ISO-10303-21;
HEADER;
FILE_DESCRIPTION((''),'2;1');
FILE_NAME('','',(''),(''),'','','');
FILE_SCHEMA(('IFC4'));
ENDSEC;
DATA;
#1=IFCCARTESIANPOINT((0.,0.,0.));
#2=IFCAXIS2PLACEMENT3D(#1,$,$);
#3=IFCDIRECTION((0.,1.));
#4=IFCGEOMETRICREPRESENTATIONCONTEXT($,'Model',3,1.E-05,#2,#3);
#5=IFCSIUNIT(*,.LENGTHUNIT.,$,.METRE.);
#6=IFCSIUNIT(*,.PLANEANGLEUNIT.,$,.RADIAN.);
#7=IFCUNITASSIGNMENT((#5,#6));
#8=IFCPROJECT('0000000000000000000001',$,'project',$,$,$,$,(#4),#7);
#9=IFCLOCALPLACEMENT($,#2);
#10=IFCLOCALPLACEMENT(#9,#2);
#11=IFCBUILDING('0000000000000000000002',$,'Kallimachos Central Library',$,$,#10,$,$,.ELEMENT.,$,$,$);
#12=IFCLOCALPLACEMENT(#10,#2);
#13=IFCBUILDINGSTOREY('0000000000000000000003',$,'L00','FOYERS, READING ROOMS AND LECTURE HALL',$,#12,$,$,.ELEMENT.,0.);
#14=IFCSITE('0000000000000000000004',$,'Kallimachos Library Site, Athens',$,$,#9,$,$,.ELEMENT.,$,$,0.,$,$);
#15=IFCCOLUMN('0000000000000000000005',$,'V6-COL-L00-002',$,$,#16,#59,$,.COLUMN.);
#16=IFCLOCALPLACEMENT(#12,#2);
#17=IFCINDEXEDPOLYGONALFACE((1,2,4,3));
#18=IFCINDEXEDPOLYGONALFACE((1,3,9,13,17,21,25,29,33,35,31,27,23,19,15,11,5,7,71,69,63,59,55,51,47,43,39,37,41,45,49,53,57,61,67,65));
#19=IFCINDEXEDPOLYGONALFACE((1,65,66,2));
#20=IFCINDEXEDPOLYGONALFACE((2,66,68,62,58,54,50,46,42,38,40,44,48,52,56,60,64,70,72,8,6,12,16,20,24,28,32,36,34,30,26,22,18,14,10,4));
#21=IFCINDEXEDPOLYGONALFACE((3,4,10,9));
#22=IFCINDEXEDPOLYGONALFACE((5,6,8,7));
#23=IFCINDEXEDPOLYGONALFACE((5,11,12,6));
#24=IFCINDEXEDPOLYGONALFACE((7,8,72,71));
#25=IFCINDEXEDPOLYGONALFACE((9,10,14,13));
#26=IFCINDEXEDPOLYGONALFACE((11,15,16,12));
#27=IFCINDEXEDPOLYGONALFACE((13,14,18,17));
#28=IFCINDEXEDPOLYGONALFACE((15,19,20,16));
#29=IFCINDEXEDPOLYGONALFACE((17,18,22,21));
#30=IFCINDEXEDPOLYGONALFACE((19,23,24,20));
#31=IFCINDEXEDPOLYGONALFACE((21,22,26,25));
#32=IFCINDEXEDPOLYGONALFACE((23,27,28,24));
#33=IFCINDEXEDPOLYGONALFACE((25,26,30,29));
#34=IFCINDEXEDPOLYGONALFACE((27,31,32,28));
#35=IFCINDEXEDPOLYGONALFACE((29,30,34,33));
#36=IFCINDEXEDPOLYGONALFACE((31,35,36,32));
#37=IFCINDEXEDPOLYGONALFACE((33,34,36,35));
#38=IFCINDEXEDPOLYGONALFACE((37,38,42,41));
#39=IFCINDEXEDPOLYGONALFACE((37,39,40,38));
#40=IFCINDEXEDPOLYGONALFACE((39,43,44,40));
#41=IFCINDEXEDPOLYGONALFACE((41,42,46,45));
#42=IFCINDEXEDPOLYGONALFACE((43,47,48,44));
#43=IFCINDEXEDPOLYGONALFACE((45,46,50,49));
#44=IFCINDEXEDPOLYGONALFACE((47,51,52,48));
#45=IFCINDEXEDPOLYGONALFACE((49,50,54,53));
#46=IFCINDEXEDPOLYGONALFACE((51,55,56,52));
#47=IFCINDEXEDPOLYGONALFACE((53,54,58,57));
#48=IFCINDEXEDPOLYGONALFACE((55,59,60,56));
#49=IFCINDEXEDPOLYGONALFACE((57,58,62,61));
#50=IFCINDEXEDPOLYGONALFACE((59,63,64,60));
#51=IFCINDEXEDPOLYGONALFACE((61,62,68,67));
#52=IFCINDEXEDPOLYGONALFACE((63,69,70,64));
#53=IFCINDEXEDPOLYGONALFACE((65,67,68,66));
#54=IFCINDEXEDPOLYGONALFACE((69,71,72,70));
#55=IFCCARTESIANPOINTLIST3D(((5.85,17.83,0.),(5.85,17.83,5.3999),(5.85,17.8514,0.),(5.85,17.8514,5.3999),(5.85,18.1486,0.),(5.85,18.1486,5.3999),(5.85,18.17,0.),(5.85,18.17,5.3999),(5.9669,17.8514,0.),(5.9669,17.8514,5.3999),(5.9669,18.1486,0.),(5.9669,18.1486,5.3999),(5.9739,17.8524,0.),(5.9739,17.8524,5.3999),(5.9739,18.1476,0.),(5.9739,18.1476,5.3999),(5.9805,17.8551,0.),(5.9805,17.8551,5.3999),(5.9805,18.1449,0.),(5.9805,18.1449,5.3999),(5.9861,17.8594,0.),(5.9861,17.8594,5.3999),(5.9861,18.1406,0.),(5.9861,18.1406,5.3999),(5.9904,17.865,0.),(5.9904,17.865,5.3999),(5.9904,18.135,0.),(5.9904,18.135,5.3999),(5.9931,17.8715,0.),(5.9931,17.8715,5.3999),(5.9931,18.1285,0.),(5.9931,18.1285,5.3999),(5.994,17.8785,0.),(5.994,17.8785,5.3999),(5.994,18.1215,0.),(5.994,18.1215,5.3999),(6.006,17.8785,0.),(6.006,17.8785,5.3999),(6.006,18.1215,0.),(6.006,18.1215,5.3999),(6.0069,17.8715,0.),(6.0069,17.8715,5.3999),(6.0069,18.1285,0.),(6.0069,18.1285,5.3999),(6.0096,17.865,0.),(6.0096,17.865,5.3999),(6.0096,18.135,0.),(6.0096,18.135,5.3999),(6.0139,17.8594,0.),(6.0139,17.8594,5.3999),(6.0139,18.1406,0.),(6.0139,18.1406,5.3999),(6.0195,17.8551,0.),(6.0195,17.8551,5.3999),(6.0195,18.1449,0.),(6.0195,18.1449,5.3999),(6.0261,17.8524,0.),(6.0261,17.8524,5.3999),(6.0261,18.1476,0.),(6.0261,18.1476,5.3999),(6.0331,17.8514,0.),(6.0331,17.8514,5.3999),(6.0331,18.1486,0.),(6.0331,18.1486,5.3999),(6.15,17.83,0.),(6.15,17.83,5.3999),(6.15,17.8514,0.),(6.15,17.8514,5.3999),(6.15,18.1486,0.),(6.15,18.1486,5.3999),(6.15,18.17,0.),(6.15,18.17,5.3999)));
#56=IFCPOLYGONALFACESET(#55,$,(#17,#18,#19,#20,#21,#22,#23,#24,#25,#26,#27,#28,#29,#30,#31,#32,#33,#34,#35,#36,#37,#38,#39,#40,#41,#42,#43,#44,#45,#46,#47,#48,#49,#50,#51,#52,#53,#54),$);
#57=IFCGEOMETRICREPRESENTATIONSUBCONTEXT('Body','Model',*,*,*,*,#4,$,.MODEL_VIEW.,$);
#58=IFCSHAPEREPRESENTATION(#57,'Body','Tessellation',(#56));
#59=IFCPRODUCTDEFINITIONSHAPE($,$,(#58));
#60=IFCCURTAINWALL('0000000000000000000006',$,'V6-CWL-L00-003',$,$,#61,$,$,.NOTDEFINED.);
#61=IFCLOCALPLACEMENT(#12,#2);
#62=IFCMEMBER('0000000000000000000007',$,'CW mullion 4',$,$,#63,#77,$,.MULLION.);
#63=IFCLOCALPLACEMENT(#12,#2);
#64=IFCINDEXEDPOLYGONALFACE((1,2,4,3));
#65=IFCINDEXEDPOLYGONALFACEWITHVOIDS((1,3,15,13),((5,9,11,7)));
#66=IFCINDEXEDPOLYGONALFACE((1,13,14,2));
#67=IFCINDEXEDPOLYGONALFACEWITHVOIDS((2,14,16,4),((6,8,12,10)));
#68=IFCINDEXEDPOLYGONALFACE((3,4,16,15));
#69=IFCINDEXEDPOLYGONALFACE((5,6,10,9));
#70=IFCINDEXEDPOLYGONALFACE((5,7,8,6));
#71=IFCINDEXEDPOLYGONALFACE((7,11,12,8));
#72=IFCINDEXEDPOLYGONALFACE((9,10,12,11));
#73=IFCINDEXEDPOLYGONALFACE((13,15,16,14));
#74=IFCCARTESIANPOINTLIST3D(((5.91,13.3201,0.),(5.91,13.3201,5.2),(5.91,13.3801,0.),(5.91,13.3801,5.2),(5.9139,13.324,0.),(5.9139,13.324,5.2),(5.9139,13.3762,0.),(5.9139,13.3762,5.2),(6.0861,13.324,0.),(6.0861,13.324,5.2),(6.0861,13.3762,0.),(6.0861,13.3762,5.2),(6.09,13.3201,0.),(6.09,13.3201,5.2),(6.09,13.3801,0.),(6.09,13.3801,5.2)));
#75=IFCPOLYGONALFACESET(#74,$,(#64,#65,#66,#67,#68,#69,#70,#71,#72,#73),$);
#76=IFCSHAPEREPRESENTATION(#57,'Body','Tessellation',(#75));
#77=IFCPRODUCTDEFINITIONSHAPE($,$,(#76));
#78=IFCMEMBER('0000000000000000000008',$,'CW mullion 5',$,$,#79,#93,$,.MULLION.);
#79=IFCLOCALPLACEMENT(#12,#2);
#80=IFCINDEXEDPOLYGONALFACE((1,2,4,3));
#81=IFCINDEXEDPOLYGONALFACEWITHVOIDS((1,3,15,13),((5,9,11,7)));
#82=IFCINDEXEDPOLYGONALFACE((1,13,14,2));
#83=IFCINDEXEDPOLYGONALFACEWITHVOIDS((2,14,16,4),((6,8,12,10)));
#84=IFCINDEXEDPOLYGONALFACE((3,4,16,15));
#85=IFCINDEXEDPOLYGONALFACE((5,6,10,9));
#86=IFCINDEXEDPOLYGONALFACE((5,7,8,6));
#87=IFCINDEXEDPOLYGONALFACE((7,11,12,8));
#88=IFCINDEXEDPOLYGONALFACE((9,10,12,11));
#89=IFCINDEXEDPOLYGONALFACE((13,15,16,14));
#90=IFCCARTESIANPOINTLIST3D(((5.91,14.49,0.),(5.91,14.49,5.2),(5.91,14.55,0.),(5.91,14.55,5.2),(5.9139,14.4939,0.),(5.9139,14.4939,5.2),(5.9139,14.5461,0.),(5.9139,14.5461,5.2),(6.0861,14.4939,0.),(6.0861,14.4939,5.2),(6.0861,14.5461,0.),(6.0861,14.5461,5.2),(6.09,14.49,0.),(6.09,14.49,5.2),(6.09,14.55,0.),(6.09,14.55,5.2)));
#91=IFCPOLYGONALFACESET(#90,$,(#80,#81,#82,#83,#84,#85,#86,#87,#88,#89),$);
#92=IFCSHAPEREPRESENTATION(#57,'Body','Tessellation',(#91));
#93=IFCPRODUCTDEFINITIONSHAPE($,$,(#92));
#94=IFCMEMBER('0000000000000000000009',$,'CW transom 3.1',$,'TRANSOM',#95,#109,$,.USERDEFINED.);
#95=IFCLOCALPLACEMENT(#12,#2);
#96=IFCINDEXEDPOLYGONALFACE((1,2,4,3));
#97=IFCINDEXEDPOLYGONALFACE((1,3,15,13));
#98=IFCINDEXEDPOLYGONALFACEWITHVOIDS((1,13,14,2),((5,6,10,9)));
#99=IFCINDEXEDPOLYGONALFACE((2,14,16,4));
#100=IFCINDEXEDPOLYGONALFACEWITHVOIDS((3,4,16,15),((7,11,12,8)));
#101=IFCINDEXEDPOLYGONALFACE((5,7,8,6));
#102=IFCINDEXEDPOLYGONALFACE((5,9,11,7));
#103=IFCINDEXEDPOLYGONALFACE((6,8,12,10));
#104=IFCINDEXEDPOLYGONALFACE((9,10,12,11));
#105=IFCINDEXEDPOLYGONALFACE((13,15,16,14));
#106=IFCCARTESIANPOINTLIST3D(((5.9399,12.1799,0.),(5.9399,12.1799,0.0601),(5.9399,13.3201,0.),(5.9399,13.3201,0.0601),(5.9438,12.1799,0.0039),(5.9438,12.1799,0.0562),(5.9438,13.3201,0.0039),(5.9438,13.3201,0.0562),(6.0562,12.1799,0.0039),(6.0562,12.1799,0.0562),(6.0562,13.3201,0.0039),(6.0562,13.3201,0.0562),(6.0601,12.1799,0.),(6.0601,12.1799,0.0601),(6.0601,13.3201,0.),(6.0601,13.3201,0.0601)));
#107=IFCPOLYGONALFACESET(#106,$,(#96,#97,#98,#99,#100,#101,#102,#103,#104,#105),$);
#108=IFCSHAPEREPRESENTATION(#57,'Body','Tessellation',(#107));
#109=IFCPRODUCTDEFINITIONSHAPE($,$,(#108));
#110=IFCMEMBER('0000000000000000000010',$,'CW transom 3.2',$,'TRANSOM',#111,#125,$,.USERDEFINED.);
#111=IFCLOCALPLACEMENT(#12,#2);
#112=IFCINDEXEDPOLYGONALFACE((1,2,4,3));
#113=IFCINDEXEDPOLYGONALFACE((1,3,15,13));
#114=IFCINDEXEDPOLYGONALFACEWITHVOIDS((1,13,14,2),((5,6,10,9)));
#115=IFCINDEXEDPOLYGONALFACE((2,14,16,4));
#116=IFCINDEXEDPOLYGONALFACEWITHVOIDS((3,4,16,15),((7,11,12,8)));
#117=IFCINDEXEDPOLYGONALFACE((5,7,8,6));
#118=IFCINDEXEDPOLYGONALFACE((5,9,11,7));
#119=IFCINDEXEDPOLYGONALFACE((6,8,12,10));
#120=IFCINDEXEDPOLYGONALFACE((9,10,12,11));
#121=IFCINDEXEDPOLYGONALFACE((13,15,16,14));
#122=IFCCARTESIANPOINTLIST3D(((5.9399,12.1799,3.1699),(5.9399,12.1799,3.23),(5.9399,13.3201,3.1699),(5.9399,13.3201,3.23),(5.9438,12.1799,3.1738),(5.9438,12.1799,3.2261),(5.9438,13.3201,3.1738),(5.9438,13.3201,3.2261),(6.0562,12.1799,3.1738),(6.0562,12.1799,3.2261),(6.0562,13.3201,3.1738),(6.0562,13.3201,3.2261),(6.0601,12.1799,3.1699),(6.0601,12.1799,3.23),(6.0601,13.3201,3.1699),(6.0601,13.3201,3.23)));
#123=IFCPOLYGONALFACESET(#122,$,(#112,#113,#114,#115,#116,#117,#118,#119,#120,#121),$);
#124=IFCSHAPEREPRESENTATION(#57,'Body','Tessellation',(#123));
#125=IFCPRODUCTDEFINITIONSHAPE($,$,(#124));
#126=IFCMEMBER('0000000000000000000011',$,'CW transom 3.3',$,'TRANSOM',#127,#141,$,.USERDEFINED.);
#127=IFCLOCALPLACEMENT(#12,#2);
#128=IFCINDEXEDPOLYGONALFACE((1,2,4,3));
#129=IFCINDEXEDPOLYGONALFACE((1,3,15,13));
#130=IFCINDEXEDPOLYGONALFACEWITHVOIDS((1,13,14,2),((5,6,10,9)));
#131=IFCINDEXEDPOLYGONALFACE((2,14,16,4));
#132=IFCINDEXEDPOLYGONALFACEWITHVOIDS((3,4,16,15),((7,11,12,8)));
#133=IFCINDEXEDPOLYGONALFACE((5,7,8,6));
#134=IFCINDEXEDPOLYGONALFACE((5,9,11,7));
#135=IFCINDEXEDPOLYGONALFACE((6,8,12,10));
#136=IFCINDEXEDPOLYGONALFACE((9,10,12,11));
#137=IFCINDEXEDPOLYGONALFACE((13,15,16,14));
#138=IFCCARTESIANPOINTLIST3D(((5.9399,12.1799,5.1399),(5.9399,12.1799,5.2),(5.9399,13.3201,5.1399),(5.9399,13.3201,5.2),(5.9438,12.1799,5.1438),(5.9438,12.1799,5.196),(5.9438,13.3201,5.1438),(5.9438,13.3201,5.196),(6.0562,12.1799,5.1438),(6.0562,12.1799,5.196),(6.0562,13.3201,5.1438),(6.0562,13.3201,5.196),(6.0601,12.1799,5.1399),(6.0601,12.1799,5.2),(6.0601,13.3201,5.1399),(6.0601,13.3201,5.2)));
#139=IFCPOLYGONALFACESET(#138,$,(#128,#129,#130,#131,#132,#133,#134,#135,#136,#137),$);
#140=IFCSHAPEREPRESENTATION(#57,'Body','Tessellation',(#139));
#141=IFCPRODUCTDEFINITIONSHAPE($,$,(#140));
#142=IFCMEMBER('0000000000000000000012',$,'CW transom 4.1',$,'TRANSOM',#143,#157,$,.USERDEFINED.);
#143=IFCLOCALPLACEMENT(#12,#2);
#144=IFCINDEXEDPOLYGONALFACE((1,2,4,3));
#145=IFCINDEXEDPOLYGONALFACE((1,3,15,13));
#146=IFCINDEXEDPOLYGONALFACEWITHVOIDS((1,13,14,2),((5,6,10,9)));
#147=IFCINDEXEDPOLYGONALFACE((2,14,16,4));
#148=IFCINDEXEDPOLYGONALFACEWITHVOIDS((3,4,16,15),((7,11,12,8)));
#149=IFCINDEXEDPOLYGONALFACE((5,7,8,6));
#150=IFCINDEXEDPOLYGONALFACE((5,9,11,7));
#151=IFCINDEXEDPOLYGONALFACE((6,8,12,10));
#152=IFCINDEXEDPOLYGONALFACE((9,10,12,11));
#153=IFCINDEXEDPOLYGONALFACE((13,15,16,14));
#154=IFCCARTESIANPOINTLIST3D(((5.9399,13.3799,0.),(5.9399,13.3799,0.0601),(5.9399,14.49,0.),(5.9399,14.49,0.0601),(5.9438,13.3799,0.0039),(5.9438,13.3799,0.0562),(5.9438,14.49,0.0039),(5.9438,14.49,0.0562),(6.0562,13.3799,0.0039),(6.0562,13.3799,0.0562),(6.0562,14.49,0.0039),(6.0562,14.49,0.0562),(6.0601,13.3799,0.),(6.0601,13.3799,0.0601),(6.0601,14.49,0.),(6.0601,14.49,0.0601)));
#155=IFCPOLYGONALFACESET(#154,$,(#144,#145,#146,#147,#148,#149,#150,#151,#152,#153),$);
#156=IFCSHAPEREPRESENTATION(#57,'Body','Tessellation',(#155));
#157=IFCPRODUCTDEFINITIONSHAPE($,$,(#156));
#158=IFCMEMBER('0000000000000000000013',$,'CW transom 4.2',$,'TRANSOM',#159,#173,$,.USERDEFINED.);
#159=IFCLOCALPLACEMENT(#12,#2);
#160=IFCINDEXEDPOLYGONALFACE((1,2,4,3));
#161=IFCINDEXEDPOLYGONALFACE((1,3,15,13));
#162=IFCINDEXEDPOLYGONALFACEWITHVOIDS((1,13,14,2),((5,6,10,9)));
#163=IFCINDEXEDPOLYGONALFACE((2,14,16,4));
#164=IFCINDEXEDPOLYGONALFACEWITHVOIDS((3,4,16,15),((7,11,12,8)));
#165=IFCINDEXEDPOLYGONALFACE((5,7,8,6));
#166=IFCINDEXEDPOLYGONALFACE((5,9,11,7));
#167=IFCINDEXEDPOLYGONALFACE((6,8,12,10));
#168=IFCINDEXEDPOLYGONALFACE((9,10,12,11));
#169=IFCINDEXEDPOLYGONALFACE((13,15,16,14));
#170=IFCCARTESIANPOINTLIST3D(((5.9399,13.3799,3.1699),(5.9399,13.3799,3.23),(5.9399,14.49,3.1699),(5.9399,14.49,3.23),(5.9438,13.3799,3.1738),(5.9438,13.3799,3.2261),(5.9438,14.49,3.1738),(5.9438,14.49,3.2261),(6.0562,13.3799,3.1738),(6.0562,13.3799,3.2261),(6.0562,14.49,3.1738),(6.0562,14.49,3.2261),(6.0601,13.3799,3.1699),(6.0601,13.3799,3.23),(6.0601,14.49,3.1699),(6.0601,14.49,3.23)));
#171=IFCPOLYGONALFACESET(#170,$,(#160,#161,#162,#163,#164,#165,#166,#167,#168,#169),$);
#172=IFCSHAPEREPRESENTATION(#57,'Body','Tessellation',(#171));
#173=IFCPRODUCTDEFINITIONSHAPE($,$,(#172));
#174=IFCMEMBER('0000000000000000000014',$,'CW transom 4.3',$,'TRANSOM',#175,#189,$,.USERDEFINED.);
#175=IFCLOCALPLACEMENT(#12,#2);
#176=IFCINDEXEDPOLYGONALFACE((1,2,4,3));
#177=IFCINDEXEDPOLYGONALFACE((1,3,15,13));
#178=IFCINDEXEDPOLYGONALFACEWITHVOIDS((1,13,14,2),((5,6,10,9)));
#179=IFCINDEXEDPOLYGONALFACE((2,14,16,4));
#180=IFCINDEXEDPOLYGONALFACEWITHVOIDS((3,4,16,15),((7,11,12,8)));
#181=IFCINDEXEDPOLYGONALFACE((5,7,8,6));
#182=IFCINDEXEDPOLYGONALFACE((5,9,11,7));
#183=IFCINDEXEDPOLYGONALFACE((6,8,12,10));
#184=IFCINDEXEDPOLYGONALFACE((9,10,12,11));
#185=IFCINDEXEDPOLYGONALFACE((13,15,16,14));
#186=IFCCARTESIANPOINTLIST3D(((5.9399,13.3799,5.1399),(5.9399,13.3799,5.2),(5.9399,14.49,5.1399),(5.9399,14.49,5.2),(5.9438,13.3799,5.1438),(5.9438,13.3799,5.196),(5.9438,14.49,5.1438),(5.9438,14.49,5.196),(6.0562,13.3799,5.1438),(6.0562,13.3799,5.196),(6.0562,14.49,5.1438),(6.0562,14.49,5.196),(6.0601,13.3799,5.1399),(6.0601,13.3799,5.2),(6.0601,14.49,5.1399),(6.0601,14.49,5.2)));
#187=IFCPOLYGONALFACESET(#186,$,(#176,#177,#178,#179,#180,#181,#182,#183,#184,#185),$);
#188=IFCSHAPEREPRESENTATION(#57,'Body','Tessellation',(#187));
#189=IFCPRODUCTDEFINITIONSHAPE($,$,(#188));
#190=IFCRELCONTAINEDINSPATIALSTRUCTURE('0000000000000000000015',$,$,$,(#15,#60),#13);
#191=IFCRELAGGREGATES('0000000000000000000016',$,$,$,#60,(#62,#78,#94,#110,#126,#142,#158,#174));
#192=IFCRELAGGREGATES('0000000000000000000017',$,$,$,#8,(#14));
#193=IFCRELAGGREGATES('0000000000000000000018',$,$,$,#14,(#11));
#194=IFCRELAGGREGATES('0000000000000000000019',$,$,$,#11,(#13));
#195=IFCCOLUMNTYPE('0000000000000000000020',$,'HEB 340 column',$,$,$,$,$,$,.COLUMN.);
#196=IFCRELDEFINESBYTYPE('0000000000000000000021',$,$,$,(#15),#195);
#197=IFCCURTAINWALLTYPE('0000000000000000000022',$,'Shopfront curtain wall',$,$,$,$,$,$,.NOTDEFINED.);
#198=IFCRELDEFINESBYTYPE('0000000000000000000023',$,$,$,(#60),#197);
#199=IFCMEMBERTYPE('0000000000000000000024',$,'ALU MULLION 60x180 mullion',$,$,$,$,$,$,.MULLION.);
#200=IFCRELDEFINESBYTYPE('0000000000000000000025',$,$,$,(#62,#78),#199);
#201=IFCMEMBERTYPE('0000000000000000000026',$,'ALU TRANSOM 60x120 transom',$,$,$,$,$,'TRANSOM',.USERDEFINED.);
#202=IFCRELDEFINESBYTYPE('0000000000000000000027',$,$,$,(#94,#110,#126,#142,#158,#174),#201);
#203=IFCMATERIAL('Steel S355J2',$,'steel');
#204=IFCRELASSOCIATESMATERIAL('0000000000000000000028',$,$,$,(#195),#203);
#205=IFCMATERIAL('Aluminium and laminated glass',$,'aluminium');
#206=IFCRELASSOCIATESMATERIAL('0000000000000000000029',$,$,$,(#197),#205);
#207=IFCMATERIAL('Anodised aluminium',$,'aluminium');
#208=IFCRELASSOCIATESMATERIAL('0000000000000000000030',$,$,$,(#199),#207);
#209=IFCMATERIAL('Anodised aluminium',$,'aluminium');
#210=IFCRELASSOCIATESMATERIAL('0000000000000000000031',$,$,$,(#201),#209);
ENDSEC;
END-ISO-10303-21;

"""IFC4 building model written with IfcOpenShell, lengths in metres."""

from ifc_helpers import new_model, si_unit, direction, frame, origin, origin_2d, place, context, subcontext, project, spatial, hollow_rectangle, i_section, extrude, material, material_profile, profile_set, type_object, element, aggregate, save


model = new_model("IFC4")

# Units and contexts
model_context = context("Model", 3, precision=1e-05, world=origin(), true_north=direction((0.0, 1.0)))
body_context = subcontext(model_context, "Body", "Model", "MODEL_VIEW")
ifc_project = project(units=[si_unit("LENGTHUNIT", "METRE"), si_unit("PLANEANGLEUNIT", "RADIAN")], contexts=[model_context])

# Site, building, storey
site_placement = place(None, origin())
site = spatial("IfcSite", under=ifc_project, at=site_placement, Name="Kallimachos Library Site, Athens", CompositionType="ELEMENT", RefElevation=0.0)
building_placement = place(site_placement, origin())
building = spatial("IfcBuilding", under=site, at=building_placement, Name="Kallimachos Central Library", CompositionType="ELEMENT")
storey_placement = place(building_placement, origin())
storey = spatial("IfcBuildingStorey", under=building, at=storey_placement, Name="L00", Description="FOYERS, READING ROOMS AND LECTURE HALL", CompositionType="ELEMENT", Elevation=0.0)

# Column
ifc_material_1 = material(Name="Steel S355J2", Category="steel")
ifc_material_profile_1 = material_profile(ifc_material_1, i_section(OverallWidth=0.3, OverallDepth=0.3401, WebThickness=0.012, FlangeThickness=0.0215, FilletRadius=0.0271, at=origin_2d()), Name="HEB 340")
ifc_profile_set_1 = profile_set([ifc_material_profile_1], Name="Steel S355J2")
column_type = type_object("IfcColumnType", Name="HEB 340 column", PredefinedType="COLUMN", material=ifc_profile_set_1)
column_placement = place(storey_placement, frame((6.0, 18.0, 0.0), z_axis=(0.0, 0.0, 1.0), x_axis=(1.0, 0.0, 0.0)))
element("IfcColumn", 1, at=column_placement, inside=storey, type_object=column_type, Name="V6-COL-L00-002", PredefinedType="COLUMN", context=body_context, shape_type="SweptSolid", body=[
    extrude(i_section(OverallWidth=0.3, OverallDepth=0.3401, WebThickness=0.012, FlangeThickness=0.0215, FilletRadius=0.0271, at=origin_2d()), origin(), (0.0, 0.0, 1.0), 5.3999),
])

# Curtain wall, members
ifc_material_2 = material(Name="Aluminium and laminated glass", Category="aluminium")
curtain_wall_type = type_object("IfcCurtainWallType", Name="Shopfront curtain wall", PredefinedType="NOTDEFINED", material=ifc_material_2)
curtain_wall_placement = place(storey_placement, origin())
curtain_wall = element("IfcCurtainWall", 2, at=curtain_wall_placement, inside=storey, type_object=curtain_wall_type, Name="V6-CWL-L00-003", PredefinedType="NOTDEFINED")
ifc_material_3 = material(Name="Anodised aluminium", Category="aluminium")
ifc_material_profile_2 = material_profile(ifc_material_3, hollow_rectangle(XDim=0.0601, YDim=0.1799, WallThickness=0.0039, at=origin_2d()), Name="ALU MULLION 60x180")
ifc_profile_set_2 = profile_set([ifc_material_profile_2], Name="Anodised aluminium")
member_type_1 = type_object("IfcMemberType", Name="ALU MULLION 60x180 mullion", PredefinedType="MULLION", material=ifc_profile_set_2)
member_1_placement = place(storey_placement, frame((6.0, 13.3501, 0.0), z_axis=(0.0, 0.0, 1.0), x_axis=(0.0, 1.0, 0.0)))
member_1 = element("IfcMember", 3, at=member_1_placement, type_object=member_type_1, Name="CW mullion 4", PredefinedType="MULLION", context=body_context, shape_type="SweptSolid", body=[
    extrude(hollow_rectangle(XDim=0.0601, YDim=0.1799, WallThickness=0.0039, at=origin_2d()), origin(), (0.0, 0.0, 1.0), 5.2),
])
member_2_placement = place(storey_placement, frame((6.0, 14.52, 0.0), z_axis=(0.0, 0.0, 1.0), x_axis=(0.0, 1.0, 0.0)))
member_2 = element("IfcMember", 4, at=member_2_placement, type_object=member_type_1, Name="CW mullion 5", PredefinedType="MULLION", context=body_context, shape_type="SweptSolid", body=[
    extrude(hollow_rectangle(XDim=0.0601, YDim=0.1799, WallThickness=0.0039, at=origin_2d()), origin(), (0.0, 0.0, 1.0), 5.2),
])
ifc_material_4 = material(Name="Anodised aluminium", Category="aluminium")
ifc_material_profile_3 = material_profile(ifc_material_4, hollow_rectangle(XDim=0.0601, YDim=0.1201, WallThickness=0.0039, at=origin_2d()), Name="ALU TRANSOM 60x120")
ifc_profile_set_3 = profile_set([ifc_material_profile_3], Name="Anodised aluminium")
member_type_2 = type_object("IfcMemberType", Name="ALU TRANSOM 60x120 transom", ElementType="TRANSOM", PredefinedType="USERDEFINED", material=ifc_profile_set_3)
member_3_placement = place(storey_placement, frame((6.0, 12.1799, 0.03), z_axis=(0.0, 1.0, 0.0), x_axis=(0.0, 0.0, 1.0)))
member_3 = element("IfcMember", 5, at=member_3_placement, type_object=member_type_2, Name="CW transom 3.1", ObjectType="TRANSOM", PredefinedType="USERDEFINED", context=body_context, shape_type="SweptSolid", body=[
    extrude(hollow_rectangle(XDim=0.0601, YDim=0.1201, WallThickness=0.0039, at=origin_2d()), origin(), (0.0, 0.0, 1.0), 1.1401),
])
member_4_placement = place(storey_placement, frame((6.0, 12.1799, 3.2), z_axis=(0.0, 1.0, 0.0), x_axis=(0.0, 0.0, 1.0)))
member_4 = element("IfcMember", 6, at=member_4_placement, type_object=member_type_2, Name="CW transom 3.2", ObjectType="TRANSOM", PredefinedType="USERDEFINED", context=body_context, shape_type="SweptSolid", body=[
    extrude(hollow_rectangle(XDim=0.0601, YDim=0.1201, WallThickness=0.0039, at=origin_2d()), origin(), (0.0, 0.0, 1.0), 1.1401),
])
member_5_placement = place(storey_placement, frame((6.0, 12.1799, 5.1699), z_axis=(0.0, 1.0, 0.0), x_axis=(0.0, 0.0, 1.0)))
member_5 = element("IfcMember", 7, at=member_5_placement, type_object=member_type_2, Name="CW transom 3.3", ObjectType="TRANSOM", PredefinedType="USERDEFINED", context=body_context, shape_type="SweptSolid", body=[
    extrude(hollow_rectangle(XDim=0.0601, YDim=0.1201, WallThickness=0.0039, at=origin_2d()), origin(), (0.0, 0.0, 1.0), 1.1401),
])
member_6_placement = place(storey_placement, frame((6.0, 13.3799, 0.03), z_axis=(0.0, 1.0, 0.0), x_axis=(0.0, 0.0, 1.0)))
member_6 = element("IfcMember", 8, at=member_6_placement, type_object=member_type_2, Name="CW transom 4.1", ObjectType="TRANSOM", PredefinedType="USERDEFINED", context=body_context, shape_type="SweptSolid", body=[
    extrude(hollow_rectangle(XDim=0.0601, YDim=0.1201, WallThickness=0.0039, at=origin_2d()), origin(), (0.0, 0.0, 1.0), 1.1101),
])
member_7_placement = place(storey_placement, frame((6.0, 13.3799, 3.2), z_axis=(0.0, 1.0, 0.0), x_axis=(0.0, 0.0, 1.0)))
member_7 = element("IfcMember", 9, at=member_7_placement, type_object=member_type_2, Name="CW transom 4.2", ObjectType="TRANSOM", PredefinedType="USERDEFINED", context=body_context, shape_type="SweptSolid", body=[
    extrude(hollow_rectangle(XDim=0.0601, YDim=0.1201, WallThickness=0.0039, at=origin_2d()), origin(), (0.0, 0.0, 1.0), 1.1101),
])
member_8_placement = place(storey_placement, frame((6.0, 13.3799, 5.1699), z_axis=(0.0, 1.0, 0.0), x_axis=(0.0, 0.0, 1.0)))
member_8 = element("IfcMember", 10, at=member_8_placement, type_object=member_type_2, Name="CW transom 4.3", ObjectType="TRANSOM", PredefinedType="USERDEFINED", context=body_context, shape_type="SweptSolid", body=[
    extrude(hollow_rectangle(XDim=0.0601, YDim=0.1201, WallThickness=0.0039, at=origin_2d()), origin(), (0.0, 0.0, 1.0), 1.1101),
])

aggregate(curtain_wall, [member_1, member_2, member_3, member_4, member_5, member_6, member_7, member_8])

save(model, "model.ifc")
